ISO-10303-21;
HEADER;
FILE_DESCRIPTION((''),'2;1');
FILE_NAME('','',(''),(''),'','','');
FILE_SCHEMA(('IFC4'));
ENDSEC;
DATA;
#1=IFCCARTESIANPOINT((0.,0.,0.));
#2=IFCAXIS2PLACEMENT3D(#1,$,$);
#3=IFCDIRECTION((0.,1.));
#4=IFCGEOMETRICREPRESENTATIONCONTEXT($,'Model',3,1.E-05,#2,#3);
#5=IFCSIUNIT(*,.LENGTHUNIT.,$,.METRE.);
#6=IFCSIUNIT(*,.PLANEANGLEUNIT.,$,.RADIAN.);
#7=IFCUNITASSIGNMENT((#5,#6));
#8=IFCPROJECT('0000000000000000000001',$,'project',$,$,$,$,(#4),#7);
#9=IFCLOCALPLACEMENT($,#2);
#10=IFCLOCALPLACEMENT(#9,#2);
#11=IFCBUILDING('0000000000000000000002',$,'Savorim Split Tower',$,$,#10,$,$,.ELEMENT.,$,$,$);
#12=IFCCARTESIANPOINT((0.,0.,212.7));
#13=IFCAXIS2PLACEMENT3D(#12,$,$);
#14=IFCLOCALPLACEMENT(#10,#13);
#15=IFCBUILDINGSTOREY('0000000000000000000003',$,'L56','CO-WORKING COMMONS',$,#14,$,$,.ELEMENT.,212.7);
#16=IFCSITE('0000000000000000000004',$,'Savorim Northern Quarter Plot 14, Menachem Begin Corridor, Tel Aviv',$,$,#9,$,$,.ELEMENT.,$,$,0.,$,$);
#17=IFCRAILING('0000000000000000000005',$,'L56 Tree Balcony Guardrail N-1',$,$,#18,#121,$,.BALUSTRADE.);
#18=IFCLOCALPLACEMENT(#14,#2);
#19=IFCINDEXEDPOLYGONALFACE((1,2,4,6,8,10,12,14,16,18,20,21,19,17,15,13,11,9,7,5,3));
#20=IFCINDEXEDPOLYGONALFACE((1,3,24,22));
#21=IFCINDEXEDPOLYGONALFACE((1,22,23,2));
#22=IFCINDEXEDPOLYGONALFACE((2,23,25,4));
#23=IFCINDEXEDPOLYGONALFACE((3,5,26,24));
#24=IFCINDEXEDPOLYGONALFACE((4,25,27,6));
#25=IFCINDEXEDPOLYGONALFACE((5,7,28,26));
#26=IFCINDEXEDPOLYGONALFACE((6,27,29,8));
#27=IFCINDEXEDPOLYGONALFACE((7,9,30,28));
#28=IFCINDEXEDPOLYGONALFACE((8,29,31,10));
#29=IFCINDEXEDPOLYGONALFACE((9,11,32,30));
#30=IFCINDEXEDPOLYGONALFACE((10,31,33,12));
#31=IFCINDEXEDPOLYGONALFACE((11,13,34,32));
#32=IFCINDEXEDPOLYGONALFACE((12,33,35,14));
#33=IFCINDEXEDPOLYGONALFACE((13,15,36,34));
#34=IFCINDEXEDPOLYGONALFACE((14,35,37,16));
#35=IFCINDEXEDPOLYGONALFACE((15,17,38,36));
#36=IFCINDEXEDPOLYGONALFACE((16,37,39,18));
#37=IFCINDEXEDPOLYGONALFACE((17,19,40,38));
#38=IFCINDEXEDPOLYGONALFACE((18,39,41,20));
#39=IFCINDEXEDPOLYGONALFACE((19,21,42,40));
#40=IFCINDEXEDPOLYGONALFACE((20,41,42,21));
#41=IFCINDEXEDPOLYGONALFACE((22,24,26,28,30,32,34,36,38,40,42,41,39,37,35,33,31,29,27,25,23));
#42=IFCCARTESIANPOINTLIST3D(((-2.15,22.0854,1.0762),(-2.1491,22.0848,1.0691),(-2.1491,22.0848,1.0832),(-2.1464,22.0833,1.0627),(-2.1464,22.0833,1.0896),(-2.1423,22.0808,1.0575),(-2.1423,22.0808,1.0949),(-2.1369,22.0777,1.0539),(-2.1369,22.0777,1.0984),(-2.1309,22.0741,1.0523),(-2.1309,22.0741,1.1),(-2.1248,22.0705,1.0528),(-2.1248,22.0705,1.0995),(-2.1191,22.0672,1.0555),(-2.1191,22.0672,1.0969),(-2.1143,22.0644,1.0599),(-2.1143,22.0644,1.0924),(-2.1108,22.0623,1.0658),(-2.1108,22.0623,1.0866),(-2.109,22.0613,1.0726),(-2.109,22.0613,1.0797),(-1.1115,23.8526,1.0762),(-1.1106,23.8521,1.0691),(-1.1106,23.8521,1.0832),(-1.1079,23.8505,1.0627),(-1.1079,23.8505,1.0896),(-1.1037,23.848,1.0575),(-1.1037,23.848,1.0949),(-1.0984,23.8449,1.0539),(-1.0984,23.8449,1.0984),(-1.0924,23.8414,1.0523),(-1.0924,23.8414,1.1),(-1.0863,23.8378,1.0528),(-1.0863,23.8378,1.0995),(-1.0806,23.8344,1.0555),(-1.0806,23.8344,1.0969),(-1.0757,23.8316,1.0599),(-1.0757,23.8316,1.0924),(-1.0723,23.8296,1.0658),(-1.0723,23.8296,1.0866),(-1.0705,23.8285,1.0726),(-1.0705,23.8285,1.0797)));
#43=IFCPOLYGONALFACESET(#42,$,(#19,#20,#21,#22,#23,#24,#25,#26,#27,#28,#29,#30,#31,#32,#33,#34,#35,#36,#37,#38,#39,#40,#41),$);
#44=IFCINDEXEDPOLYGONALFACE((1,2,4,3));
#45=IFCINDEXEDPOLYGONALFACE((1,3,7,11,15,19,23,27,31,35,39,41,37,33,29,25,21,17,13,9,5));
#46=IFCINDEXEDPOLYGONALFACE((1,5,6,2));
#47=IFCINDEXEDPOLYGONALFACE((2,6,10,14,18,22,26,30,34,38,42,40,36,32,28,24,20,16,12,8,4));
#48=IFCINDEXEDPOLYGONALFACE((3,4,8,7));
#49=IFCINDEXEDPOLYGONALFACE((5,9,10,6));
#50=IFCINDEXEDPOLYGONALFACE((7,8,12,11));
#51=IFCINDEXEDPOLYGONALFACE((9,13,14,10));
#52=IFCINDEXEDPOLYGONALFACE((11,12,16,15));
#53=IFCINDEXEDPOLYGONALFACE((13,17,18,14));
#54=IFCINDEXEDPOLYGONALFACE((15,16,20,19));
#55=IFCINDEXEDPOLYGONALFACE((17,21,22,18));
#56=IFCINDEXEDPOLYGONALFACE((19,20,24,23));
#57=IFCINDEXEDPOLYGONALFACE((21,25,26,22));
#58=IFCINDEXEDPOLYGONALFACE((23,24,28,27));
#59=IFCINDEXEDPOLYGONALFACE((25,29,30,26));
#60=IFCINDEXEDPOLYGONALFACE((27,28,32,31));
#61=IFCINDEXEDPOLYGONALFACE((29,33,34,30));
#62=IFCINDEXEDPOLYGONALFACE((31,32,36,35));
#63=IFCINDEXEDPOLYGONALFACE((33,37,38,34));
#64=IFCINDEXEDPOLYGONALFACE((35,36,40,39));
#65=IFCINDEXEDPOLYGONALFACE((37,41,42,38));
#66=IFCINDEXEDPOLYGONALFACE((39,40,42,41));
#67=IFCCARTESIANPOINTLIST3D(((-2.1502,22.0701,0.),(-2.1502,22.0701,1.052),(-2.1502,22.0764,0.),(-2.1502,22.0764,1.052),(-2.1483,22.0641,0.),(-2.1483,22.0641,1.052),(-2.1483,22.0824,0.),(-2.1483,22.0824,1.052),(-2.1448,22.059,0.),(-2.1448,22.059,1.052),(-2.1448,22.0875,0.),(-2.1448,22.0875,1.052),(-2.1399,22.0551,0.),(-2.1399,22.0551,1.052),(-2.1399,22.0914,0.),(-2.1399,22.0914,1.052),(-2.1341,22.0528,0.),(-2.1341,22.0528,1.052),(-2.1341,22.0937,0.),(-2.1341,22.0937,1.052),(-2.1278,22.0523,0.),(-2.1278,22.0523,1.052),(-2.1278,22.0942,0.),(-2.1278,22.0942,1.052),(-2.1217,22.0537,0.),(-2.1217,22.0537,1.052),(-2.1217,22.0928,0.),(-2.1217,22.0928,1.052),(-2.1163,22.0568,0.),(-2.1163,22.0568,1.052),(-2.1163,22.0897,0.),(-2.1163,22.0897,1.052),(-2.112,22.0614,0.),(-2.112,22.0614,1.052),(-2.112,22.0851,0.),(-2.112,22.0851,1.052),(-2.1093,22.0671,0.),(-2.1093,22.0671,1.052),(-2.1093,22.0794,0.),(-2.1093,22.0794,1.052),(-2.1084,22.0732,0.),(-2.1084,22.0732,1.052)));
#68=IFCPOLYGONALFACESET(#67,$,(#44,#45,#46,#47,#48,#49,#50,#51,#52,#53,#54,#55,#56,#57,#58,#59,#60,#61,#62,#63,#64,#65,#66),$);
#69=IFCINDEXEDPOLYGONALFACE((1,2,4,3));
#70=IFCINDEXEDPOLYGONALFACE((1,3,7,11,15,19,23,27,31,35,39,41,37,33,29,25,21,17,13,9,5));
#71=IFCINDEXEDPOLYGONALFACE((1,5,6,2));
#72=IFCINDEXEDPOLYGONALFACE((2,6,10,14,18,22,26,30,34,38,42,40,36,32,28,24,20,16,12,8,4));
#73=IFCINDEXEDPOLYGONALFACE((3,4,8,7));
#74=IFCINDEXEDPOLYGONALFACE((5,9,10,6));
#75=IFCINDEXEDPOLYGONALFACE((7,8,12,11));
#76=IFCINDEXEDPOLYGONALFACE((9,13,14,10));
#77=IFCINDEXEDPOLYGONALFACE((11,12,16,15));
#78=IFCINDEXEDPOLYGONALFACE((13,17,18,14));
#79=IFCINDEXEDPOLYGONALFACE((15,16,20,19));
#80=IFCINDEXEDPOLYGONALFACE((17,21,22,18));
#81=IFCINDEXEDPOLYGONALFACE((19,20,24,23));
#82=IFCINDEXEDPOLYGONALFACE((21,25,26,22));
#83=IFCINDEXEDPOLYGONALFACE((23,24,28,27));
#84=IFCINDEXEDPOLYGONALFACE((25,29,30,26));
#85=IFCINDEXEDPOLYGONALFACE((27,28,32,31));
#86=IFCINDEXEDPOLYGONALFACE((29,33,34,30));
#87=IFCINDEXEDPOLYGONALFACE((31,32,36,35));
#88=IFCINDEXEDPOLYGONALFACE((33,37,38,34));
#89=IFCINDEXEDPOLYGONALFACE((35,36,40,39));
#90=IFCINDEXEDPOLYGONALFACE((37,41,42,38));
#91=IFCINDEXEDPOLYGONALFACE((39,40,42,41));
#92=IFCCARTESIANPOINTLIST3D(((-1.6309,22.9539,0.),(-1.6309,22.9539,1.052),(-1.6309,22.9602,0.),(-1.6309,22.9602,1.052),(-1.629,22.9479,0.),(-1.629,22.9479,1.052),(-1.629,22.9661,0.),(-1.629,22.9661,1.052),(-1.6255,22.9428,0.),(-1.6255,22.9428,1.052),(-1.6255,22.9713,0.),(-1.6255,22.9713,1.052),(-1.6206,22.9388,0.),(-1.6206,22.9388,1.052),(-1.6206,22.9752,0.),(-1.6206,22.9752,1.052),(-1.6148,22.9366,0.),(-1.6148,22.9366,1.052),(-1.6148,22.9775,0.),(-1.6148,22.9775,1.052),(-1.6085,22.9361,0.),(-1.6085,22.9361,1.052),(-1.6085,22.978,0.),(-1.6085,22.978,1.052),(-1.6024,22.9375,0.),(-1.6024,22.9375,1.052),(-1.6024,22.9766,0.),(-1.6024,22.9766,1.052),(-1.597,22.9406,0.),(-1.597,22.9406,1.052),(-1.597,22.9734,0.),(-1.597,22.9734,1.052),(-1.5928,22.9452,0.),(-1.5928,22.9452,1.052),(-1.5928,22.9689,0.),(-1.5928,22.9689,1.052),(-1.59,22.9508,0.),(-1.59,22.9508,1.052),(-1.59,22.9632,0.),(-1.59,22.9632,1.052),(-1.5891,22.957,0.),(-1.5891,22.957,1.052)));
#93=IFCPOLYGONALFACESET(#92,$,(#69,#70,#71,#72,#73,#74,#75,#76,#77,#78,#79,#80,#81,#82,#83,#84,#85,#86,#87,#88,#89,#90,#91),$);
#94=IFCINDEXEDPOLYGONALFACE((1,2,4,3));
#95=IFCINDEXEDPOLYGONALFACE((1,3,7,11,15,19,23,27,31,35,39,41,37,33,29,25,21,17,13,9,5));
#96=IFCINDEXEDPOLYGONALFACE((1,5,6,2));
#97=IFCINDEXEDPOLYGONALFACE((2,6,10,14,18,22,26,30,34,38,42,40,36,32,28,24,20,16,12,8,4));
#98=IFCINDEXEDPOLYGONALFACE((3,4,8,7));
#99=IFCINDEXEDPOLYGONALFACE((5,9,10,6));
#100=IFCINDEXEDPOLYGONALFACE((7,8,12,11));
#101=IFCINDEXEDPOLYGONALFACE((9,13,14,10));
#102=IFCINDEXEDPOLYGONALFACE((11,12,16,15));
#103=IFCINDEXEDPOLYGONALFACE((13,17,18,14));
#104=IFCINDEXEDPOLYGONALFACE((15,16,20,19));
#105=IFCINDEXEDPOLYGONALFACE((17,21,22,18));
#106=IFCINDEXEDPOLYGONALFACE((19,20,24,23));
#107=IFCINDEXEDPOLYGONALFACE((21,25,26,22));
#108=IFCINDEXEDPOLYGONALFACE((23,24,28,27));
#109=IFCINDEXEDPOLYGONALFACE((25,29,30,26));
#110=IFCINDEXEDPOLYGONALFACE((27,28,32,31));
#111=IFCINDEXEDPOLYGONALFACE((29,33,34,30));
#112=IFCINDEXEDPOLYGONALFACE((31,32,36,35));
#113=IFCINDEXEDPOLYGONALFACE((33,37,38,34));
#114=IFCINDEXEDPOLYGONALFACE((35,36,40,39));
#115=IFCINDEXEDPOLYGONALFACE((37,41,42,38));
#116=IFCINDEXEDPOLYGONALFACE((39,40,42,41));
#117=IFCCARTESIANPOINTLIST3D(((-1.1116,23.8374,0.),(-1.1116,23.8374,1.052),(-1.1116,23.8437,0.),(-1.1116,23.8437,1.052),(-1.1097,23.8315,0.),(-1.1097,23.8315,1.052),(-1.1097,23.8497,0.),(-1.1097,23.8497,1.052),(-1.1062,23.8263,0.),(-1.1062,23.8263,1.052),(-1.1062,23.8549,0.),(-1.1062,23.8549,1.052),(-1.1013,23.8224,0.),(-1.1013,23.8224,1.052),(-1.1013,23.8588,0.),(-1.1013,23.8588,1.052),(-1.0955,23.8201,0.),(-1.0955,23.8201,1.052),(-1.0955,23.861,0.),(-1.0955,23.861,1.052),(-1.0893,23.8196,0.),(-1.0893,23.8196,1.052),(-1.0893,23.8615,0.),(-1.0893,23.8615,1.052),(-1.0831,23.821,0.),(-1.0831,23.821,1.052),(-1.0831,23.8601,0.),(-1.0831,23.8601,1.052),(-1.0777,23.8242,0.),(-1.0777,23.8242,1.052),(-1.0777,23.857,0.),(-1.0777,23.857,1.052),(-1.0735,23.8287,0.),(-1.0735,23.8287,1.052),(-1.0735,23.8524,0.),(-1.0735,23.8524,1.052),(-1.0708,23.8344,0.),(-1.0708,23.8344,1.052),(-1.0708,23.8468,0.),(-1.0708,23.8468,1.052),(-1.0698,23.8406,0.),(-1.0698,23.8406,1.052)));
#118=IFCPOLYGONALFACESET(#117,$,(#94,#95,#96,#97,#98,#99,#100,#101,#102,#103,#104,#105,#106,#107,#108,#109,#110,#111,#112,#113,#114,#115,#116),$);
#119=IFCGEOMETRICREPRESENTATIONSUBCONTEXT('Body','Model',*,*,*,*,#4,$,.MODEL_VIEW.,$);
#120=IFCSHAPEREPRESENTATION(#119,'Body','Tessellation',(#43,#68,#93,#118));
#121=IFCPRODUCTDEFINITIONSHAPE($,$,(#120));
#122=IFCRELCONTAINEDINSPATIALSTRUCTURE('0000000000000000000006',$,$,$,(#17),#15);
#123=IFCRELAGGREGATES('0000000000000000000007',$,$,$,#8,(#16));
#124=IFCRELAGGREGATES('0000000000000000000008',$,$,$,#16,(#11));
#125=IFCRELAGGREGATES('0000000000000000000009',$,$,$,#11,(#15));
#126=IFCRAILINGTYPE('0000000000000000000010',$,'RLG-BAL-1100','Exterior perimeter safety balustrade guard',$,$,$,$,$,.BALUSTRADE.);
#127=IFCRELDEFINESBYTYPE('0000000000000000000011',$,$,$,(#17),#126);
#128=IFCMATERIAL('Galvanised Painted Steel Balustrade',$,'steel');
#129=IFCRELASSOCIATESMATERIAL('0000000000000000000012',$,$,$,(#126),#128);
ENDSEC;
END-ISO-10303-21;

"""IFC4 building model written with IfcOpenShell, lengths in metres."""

from ifc_helpers import new_model, si_unit, direction, frame, origin, origin_2d, place, context, subcontext, project, spatial, circle, extrude, material, type_object, element, save


model = new_model("IFC4")

# Units and contexts
model_context = context("Model", 3, precision=1e-05, world=origin(), true_north=direction((0.0, 1.0)))
body_context = subcontext(model_context, "Body", "Model", "MODEL_VIEW")
ifc_project = project(units=[si_unit("LENGTHUNIT", "METRE"), si_unit("PLANEANGLEUNIT", "RADIAN")], contexts=[model_context])

# Site, building, storey
site_placement = place(None, origin())
site = spatial("IfcSite", under=ifc_project, at=site_placement, Name="Savorim Northern Quarter Plot 14, Menachem Begin Corridor, Tel Aviv", CompositionType="ELEMENT", RefElevation=0.0)
building_placement = place(site_placement, origin())
building = spatial("IfcBuilding", under=site, at=building_placement, Name="Savorim Split Tower", CompositionType="ELEMENT")
storey_placement = place(building_placement, frame((0.0, 0.0, 212.7)))
storey = spatial("IfcBuildingStorey", under=building, at=storey_placement, Name="L56", Description="CO-WORKING COMMONS", CompositionType="ELEMENT", Elevation=212.7)

# Railing
ifc_material_1 = material(Name="Galvanised Painted Steel Balustrade", Category="steel")
railing_type = type_object("IfcRailingType", Name="RLG-BAL-1100", Description="Exterior perimeter safety balustrade guard", PredefinedType="BALUSTRADE", material=ifc_material_1)
railing_1_placement = place(storey_placement, frame((-2.1294, 22.0732, 0.0)))
element("IfcRailing", 1, at=railing_1_placement, inside=storey, type_object=railing_type, Name="L56 Tree Balcony Guardrail N-1", PredefinedType="BALUSTRADE", context=body_context, shape_type="SweptSolid", body=[
    extrude(circle(Radius=0.0239, at=origin_2d()), frame((0.0, 0.0, 1.0762), z_axis=(0.506645, 0.862155, 0.0), x_axis=(-0.862155, 0.506645, 0.0)), (0.0, 0.0, 1.0), 2.0498),
    extrude(circle(Radius=0.021, at=origin_2d()), origin(), (0.0, 0.0, 1.0), 1.052),
    extrude(circle(Radius=0.021, at=origin_2d()), frame((0.5193, 0.8838, 0.0)), (0.0, 0.0, 1.0), 1.052),
    extrude(circle(Radius=0.021, at=origin_2d()), frame((1.0386, 1.7673, 0.0)), (0.0, 0.0, 1.0), 1.052),
])

save(model, "model.ifc")
